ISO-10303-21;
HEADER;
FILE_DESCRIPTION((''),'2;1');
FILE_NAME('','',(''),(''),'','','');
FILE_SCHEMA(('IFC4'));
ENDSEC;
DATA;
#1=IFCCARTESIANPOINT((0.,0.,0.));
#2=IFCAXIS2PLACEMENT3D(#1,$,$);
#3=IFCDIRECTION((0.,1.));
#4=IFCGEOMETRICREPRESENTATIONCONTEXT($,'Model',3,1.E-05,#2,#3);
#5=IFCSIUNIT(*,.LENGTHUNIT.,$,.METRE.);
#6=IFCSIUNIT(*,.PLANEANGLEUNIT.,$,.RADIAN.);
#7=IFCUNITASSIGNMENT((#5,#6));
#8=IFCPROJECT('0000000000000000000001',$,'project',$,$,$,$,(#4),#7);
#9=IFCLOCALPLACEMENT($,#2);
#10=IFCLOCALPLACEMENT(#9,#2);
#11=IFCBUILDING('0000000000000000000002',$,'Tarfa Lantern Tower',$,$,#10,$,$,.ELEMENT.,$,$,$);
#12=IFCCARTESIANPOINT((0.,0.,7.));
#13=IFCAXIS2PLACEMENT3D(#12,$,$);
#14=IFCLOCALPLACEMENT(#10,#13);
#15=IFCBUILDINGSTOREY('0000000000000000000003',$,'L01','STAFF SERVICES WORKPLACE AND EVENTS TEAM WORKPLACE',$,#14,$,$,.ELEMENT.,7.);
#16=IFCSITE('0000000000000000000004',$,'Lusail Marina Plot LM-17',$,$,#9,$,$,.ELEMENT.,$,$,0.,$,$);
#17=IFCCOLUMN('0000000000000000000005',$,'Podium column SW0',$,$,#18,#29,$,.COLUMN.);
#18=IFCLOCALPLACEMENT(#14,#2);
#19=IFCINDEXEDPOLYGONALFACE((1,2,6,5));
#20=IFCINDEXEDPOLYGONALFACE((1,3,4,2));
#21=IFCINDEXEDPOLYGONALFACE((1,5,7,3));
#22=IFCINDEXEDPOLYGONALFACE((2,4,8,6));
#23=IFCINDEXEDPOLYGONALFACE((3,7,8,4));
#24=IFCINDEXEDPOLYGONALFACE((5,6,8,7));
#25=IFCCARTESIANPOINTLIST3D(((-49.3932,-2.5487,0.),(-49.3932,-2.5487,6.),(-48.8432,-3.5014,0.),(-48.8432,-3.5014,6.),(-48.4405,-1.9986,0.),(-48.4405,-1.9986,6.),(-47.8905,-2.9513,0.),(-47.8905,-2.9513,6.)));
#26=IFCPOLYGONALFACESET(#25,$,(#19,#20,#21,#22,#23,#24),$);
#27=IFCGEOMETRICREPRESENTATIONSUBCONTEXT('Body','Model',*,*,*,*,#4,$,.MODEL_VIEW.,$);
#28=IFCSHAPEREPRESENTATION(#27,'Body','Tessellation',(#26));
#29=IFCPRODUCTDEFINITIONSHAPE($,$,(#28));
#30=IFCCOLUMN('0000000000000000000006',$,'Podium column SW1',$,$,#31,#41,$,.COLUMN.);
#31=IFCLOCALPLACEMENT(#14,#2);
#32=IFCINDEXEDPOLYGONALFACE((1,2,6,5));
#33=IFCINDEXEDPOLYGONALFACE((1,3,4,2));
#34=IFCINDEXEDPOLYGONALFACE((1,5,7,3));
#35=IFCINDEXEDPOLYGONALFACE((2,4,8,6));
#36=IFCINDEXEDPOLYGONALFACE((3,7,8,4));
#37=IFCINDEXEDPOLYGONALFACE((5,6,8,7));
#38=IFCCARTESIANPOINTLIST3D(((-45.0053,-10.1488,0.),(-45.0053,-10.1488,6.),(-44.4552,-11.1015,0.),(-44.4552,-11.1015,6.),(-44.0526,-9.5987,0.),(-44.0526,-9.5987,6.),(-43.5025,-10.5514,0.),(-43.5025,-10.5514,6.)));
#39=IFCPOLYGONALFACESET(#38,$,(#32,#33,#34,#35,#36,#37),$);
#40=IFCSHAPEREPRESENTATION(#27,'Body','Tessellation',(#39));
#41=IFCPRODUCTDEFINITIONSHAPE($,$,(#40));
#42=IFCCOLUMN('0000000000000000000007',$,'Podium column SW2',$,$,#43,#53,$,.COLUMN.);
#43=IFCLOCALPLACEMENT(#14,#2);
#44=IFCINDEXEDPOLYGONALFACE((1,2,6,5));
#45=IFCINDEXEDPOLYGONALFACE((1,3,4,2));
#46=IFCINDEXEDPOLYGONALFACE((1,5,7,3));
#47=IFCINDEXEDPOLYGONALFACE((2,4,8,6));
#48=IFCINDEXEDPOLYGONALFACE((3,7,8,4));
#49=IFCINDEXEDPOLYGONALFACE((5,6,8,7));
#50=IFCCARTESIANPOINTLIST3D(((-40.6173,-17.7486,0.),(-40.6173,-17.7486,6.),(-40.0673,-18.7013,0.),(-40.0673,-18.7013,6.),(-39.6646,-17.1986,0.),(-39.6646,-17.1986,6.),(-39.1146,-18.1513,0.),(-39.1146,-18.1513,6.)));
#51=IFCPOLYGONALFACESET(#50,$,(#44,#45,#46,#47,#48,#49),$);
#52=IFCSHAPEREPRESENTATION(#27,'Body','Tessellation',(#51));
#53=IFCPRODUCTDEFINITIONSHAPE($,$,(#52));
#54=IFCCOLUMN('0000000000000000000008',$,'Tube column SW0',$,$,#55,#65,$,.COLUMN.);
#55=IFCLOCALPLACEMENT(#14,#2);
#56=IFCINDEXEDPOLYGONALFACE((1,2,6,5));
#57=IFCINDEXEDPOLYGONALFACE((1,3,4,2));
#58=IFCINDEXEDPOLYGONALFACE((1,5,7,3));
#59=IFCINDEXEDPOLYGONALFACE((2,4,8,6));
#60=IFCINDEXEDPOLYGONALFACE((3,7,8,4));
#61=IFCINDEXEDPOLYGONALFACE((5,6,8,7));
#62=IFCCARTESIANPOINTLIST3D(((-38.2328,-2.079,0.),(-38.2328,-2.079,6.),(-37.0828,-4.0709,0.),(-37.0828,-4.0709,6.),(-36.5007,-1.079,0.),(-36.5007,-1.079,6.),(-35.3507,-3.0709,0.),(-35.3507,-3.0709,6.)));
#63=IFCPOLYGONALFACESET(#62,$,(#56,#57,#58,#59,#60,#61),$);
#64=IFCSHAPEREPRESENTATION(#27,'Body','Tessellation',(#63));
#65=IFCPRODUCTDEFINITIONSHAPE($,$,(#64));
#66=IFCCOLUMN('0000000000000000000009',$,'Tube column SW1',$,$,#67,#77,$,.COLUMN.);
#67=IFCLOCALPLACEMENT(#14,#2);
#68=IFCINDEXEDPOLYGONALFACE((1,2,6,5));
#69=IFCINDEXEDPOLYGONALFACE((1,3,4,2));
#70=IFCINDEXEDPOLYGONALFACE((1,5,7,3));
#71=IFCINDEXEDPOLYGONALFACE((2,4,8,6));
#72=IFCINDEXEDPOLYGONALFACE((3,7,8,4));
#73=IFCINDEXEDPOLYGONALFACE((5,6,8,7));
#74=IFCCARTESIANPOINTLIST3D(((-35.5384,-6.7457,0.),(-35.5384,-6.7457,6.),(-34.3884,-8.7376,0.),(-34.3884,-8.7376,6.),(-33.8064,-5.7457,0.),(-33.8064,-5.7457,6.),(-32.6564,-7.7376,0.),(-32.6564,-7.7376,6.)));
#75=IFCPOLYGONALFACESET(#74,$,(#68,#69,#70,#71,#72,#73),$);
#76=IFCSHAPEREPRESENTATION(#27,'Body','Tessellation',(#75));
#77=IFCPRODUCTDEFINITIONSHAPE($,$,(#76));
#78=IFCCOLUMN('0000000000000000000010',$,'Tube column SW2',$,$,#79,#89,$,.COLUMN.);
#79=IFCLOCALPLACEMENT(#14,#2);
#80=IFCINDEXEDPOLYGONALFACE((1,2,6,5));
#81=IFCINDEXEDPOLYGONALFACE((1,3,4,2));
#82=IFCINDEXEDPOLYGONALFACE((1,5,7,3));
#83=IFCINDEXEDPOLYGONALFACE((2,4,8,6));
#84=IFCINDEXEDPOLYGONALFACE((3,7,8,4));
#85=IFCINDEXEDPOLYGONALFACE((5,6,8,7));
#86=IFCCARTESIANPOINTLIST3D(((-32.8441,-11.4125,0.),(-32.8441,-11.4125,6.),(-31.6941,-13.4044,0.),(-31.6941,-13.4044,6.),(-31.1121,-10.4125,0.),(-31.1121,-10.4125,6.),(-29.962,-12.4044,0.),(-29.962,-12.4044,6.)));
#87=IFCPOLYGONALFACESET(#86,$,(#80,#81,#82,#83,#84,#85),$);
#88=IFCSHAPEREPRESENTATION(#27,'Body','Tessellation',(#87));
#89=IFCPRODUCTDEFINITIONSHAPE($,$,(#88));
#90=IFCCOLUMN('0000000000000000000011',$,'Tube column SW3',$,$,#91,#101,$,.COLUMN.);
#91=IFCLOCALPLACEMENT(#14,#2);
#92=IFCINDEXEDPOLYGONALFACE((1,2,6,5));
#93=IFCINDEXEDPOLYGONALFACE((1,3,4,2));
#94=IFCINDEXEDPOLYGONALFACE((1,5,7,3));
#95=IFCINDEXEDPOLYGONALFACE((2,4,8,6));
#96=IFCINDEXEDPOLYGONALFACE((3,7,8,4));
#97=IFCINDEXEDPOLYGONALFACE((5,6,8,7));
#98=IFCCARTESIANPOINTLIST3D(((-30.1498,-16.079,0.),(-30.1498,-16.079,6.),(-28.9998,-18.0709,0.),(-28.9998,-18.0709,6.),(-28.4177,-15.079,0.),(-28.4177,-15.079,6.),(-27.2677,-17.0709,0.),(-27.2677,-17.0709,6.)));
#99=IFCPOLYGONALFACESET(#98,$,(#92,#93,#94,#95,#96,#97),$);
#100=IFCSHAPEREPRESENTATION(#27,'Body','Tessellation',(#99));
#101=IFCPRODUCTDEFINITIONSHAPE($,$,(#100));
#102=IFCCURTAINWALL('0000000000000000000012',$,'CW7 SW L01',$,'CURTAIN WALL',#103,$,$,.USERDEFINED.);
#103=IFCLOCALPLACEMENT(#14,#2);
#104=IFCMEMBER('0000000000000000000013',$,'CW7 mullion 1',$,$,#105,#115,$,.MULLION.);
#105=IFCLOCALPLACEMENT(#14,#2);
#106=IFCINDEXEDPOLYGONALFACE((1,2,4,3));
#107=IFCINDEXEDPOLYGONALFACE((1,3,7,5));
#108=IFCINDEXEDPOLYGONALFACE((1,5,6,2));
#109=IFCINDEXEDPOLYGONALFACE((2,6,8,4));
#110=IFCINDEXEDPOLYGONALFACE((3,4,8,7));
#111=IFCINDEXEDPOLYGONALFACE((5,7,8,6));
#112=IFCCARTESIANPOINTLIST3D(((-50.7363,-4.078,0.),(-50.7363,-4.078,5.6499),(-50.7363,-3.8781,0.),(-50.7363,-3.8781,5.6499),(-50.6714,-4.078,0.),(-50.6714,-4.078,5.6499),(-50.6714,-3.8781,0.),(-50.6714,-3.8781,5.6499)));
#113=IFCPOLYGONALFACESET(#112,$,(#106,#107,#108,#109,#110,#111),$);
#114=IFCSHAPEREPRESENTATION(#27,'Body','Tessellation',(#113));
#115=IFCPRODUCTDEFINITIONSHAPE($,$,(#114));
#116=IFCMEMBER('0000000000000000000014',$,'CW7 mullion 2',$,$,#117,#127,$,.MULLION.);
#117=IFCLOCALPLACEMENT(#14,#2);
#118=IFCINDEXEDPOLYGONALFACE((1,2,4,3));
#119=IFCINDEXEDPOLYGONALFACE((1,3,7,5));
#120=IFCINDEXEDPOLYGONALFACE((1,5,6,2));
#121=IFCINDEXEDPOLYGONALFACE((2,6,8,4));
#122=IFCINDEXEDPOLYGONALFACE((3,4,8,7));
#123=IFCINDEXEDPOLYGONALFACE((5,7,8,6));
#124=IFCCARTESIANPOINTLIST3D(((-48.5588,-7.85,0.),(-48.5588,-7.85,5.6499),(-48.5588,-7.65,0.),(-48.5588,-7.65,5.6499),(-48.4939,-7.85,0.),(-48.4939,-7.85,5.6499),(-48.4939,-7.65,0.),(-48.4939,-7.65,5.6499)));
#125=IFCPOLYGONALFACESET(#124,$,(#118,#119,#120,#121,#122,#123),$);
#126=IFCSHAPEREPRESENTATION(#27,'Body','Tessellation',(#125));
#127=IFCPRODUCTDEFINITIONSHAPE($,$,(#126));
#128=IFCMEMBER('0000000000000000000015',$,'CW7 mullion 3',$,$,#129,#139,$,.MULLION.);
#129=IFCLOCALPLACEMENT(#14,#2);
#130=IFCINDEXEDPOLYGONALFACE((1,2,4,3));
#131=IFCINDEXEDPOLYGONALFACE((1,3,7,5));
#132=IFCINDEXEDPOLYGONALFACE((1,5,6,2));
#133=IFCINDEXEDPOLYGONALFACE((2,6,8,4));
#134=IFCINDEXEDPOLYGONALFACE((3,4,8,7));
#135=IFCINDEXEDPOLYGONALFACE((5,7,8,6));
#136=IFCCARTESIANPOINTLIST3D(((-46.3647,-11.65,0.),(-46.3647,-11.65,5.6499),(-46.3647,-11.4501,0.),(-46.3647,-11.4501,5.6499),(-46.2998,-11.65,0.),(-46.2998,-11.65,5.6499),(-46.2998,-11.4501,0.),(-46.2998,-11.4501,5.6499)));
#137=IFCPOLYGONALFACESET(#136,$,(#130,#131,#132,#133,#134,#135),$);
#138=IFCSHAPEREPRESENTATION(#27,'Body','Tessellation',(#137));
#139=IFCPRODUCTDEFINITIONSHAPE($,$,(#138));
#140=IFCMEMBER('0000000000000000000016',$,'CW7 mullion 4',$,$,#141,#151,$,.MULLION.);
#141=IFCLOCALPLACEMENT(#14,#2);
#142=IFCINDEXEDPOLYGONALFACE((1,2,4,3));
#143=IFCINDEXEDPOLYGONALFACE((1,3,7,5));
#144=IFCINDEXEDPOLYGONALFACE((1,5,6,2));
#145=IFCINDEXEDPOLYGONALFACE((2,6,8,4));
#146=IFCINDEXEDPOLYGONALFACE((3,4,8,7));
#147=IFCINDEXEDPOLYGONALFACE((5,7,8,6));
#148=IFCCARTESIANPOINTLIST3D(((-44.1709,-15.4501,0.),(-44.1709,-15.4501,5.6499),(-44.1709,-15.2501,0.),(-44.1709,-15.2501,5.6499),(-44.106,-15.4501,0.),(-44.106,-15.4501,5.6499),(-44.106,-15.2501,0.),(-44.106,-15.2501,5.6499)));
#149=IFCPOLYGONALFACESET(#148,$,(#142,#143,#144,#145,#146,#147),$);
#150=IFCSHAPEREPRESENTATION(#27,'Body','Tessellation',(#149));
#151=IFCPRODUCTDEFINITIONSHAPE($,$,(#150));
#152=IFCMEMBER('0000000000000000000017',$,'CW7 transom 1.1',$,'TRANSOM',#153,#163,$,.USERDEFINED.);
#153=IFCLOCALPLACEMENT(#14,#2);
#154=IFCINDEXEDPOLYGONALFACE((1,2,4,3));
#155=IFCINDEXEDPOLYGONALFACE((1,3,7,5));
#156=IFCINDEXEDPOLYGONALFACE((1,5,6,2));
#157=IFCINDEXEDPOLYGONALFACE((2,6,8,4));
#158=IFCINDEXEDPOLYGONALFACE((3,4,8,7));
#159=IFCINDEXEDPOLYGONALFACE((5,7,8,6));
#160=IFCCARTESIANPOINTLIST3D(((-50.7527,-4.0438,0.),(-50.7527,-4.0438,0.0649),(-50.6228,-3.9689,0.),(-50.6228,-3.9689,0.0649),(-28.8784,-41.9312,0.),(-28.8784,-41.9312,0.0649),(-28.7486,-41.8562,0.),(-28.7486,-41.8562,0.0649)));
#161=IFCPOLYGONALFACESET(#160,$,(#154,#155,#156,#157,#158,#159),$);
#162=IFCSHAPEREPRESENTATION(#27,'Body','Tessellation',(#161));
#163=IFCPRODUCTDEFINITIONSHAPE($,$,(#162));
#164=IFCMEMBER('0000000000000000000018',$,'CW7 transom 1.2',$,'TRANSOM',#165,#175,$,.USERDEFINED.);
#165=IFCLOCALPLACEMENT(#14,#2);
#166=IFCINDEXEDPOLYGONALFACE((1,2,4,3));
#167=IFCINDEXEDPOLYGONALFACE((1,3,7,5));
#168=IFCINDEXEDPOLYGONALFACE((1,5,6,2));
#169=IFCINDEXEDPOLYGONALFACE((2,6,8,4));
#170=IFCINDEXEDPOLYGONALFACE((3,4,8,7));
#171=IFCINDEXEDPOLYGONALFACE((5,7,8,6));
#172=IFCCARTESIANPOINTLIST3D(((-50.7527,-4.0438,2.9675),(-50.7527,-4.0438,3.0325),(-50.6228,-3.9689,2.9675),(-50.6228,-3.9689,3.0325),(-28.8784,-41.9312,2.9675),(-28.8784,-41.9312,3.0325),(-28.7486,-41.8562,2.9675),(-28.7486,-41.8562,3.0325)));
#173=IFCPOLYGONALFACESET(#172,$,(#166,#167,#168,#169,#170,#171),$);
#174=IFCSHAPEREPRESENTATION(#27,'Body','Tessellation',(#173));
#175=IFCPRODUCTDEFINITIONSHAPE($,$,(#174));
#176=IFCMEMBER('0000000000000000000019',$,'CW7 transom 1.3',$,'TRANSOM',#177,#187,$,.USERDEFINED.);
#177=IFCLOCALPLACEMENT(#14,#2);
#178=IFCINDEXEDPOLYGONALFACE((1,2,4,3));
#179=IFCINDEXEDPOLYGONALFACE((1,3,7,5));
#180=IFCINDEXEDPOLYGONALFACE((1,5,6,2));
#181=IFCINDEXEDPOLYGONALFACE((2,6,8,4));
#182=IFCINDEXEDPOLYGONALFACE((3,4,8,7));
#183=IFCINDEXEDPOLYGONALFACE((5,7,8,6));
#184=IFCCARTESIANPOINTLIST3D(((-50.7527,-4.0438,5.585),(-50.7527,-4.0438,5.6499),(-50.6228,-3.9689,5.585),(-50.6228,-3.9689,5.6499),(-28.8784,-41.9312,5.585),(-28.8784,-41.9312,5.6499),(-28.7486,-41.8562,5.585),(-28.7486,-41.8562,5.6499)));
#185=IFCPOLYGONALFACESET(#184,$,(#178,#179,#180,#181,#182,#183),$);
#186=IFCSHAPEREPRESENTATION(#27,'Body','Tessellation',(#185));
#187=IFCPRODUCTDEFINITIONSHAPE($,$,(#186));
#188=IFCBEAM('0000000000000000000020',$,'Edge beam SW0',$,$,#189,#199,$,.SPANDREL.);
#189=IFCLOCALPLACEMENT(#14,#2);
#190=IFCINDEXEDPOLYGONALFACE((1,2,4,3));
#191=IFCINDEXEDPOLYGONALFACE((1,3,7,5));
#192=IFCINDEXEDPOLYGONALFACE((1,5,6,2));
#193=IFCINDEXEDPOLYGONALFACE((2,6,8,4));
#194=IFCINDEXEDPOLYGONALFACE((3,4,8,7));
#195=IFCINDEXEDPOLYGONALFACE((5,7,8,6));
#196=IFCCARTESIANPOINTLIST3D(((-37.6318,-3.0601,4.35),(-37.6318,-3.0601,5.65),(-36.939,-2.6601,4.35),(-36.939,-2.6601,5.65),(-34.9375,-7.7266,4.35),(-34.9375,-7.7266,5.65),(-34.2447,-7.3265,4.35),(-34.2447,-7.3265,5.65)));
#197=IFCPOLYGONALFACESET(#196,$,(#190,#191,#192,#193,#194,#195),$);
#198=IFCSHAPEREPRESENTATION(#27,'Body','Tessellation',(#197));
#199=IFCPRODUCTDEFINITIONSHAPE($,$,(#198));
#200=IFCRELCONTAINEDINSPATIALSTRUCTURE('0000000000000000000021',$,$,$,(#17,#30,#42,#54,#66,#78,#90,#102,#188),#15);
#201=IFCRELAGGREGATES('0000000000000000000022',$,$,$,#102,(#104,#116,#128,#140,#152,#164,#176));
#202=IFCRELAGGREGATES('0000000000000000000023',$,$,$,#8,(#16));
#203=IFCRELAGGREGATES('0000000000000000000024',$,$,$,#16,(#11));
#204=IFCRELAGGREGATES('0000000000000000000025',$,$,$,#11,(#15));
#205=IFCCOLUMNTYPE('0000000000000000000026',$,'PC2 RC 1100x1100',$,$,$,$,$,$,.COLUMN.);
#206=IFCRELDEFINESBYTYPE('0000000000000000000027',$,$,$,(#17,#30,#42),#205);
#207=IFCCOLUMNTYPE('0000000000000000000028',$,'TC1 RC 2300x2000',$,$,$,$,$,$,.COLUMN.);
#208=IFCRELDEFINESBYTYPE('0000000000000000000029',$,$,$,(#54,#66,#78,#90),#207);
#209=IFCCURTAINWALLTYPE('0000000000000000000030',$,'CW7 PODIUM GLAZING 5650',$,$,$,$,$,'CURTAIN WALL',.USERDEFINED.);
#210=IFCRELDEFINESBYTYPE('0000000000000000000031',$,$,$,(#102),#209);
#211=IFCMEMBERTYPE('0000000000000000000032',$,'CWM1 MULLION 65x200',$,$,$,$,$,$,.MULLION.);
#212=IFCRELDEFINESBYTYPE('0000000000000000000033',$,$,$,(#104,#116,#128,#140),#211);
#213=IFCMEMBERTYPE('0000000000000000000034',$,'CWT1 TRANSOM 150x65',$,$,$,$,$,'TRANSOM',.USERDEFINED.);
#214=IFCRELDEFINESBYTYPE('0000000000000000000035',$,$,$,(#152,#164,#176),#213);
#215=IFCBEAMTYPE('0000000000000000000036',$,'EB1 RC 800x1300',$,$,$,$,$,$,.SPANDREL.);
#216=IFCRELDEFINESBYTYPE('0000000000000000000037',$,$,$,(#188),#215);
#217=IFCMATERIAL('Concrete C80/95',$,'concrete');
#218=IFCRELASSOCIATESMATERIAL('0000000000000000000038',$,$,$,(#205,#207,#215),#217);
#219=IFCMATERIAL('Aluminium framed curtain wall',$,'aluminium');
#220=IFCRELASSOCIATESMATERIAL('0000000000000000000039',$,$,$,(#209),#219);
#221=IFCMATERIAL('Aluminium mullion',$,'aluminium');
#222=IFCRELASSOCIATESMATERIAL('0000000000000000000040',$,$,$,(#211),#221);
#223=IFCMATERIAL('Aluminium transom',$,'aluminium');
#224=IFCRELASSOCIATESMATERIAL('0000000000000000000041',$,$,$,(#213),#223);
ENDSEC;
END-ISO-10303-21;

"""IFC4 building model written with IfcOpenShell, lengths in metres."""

from ifc_helpers import new_model, si_unit, direction, frame, origin, origin_2d, place, context, subcontext, project, spatial, rectangle, extrude, material, material_profile, profile_set, type_object, element, aggregate, save


model = new_model("IFC4")

# Units and contexts
model_context = context("Model", 3, precision=1e-05, world=origin(), true_north=direction((0.0, 1.0)))
body_context = subcontext(model_context, "Body", "Model", "MODEL_VIEW")
ifc_project = project(units=[si_unit("LENGTHUNIT", "METRE"), si_unit("PLANEANGLEUNIT", "RADIAN")], contexts=[model_context])

# Site, building, storey
site_placement = place(None, origin())
site = spatial("IfcSite", under=ifc_project, at=site_placement, Name="Lusail Marina Plot LM-17", CompositionType="ELEMENT", RefElevation=0.0)
building_placement = place(site_placement, origin())
building = spatial("IfcBuilding", under=site, at=building_placement, Name="Tarfa Lantern Tower", CompositionType="ELEMENT")
storey_placement = place(building_placement, frame((0.0, 0.0, 7.0)))
storey = spatial("IfcBuildingStorey", under=building, at=storey_placement, Name="L01", Description="STAFF SERVICES WORKPLACE AND EVENTS TEAM WORKPLACE", CompositionType="ELEMENT", Elevation=7.0)

# Columns
ifc_material_1 = material(Name="Concrete C80/95", Category="concrete")
ifc_material_profile_1 = material_profile(ifc_material_1, rectangle(XDim=1.1001, YDim=1.1001, at=origin_2d()), Name="RC 1100x1100")
ifc_profile_set_1 = profile_set([ifc_material_profile_1], Name="Concrete C80/95")
column_type_1 = type_object("IfcColumnType", Name="PC2 RC 1100x1100", PredefinedType="COLUMN", material=ifc_profile_set_1)
for number, where, z_axis, x_axis, name in (
    (1, (-48.6418, -2.75, 0.0), (0.0, 0.0, 1.0), (0.5, -0.866025, 0.0), "Podium column SW0"),
    (2, (-44.2539, -10.3501, 0.0), (0.0, 0.0, 1.0), (0.5, -0.866025, 0.0), "Podium column SW1"),
    (3, (-39.866, -17.95, 0.0), (0.0, 0.0, 1.0), (0.5, -0.866025, 0.0), "Podium column SW2"),
):
    element("IfcColumn", number, at=place(storey_placement, frame(where, z_axis=z_axis, x_axis=x_axis)), inside=storey, type_object=column_type_1, Name=name, PredefinedType="COLUMN", context=body_context, shape_type="SweptSolid", body=[
        extrude(rectangle(XDim=1.1001, YDim=1.1001, at=origin_2d()), origin(), (0.0, 0.0, 1.0), 6.0),
    ])
ifc_material_profile_2 = material_profile(ifc_material_1, rectangle(XDim=2.3, YDim=2.0, at=origin_2d()), Name="RC 2300x2000")
ifc_profile_set_2 = profile_set([ifc_material_profile_2], Name="Concrete C80/95")
column_type_2 = type_object("IfcColumnType", Name="TC1 RC 2300x2000", PredefinedType="COLUMN", material=ifc_profile_set_2)
for number, where, z_axis, x_axis, name in (
    (4, (-36.7917, -2.575, 0.0), (0.0, 0.0, 1.0), (0.5, -0.866025, 0.0), "Tube column SW0"),
    (5, (-34.0974, -7.2417, 0.0), (0.0, 0.0, 1.0), (0.5, -0.866025, 0.0), "Tube column SW1"),
    (6, (-31.4031, -11.9084, 0.0), (0.0, 0.0, 1.0), (0.5, -0.866025, 0.0), "Tube column SW2"),
    (7, (-28.7087, -16.575, 0.0), (0.0, 0.0, 1.0), (0.5, -0.866025, 0.0), "Tube column SW3"),
):
    element("IfcColumn", number, at=place(storey_placement, frame(where, z_axis=z_axis, x_axis=x_axis)), inside=storey, type_object=column_type_2, Name=name, PredefinedType="COLUMN", context=body_context, shape_type="SweptSolid", body=[
        extrude(rectangle(XDim=2.3, YDim=2.0, at=origin_2d()), origin(), (0.0, 0.0, 1.0), 6.0),
    ])

# Curtain wall, members
ifc_material_2 = material(Name="Aluminium framed curtain wall", Category="aluminium")
curtain_wall_type = type_object("IfcCurtainWallType", Name="CW7 PODIUM GLAZING 5650", ElementType="CURTAIN WALL", PredefinedType="USERDEFINED", material=ifc_material_2)
curtain_wall_placement = place(storey_placement, origin())
curtain_wall = element("IfcCurtainWall", 8, at=curtain_wall_placement, inside=storey, type_object=curtain_wall_type, Name="CW7 SW L01", ObjectType="CURTAIN WALL", PredefinedType="USERDEFINED")
ifc_material_3 = material(Name="Aluminium mullion", Category="aluminium")
ifc_material_profile_3 = material_profile(ifc_material_3, rectangle(XDim=0.0649, YDim=0.2, at=origin_2d()), Name="AL MULLION 65x200")
ifc_profile_set_3 = profile_set([ifc_material_profile_3], Name="Aluminium mullion")
member_type_1 = type_object("IfcMemberType", Name="CWM1 MULLION 65x200", PredefinedType="MULLION", material=ifc_profile_set_3)
member_1_placement = place(storey_placement, frame((-50.7039, -3.978, 0.0), z_axis=(0.0, 0.0, 1.0), x_axis=(1.0, 0.0, 0.0)))
member_1 = element("IfcMember", 9, at=member_1_placement, type_object=member_type_1, Name="CW7 mullion 1", PredefinedType="MULLION", context=body_context, shape_type="SweptSolid", body=[
    extrude(rectangle(XDim=0.0649, YDim=0.2, at=origin_2d()), origin(), (0.0, 0.0, 1.0), 5.6499),
])
member_2_placement = place(storey_placement, frame((-48.5264, -7.75, 0.0), z_axis=(0.0, 0.0, 1.0), x_axis=(1.0, 0.0, 0.0)))
member_2 = element("IfcMember", 10, at=member_2_placement, type_object=member_type_1, Name="CW7 mullion 2", PredefinedType="MULLION", context=body_context, shape_type="SweptSolid", body=[
    extrude(rectangle(XDim=0.0649, YDim=0.2, at=origin_2d()), origin(), (0.0, 0.0, 1.0), 5.6499),
])
member_3_placement = place(storey_placement, frame((-46.3323, -11.55, 0.0), z_axis=(0.0, 0.0, 1.0), x_axis=(1.0, 0.0, 0.0)))
member_3 = element("IfcMember", 11, at=member_3_placement, type_object=member_type_1, Name="CW7 mullion 3", PredefinedType="MULLION", context=body_context, shape_type="SweptSolid", body=[
    extrude(rectangle(XDim=0.0649, YDim=0.2, at=origin_2d()), origin(), (0.0, 0.0, 1.0), 5.6499),
])
member_4_placement = place(storey_placement, frame((-44.1384, -15.3501, 0.0), z_axis=(0.0, 0.0, 1.0), x_axis=(1.0, 0.0, 0.0)))
member_4 = element("IfcMember", 12, at=member_4_placement, type_object=member_type_1, Name="CW7 mullion 4", PredefinedType="MULLION", context=body_context, shape_type="SweptSolid", body=[
    extrude(rectangle(XDim=0.0649, YDim=0.2, at=origin_2d()), origin(), (0.0, 0.0, 1.0), 5.6499),
])
ifc_material_4 = material(Name="Aluminium transom", Category="aluminium")
ifc_material_profile_4 = material_profile(ifc_material_4, rectangle(XDim=0.1499, YDim=0.0649, at=origin_2d()), Name="AL TRANSOM 150x65")
ifc_profile_set_4 = profile_set([ifc_material_profile_4], Name="Aluminium transom")
member_type_2 = type_object("IfcMemberType", Name="CWT1 TRANSOM 150x65", ElementType="TRANSOM", PredefinedType="USERDEFINED", material=ifc_profile_set_4)
member_5_placement = place(storey_placement, frame((-50.6877, -4.0063, 0.0325), z_axis=(0.499999, -0.866026, 0.0), x_axis=(0.866026, 0.499999, 0.0)))
member_5 = element("IfcMember", 13, at=member_5_placement, type_object=member_type_2, Name="CW7 transom 1.1", ObjectType="TRANSOM", PredefinedType="USERDEFINED", context=body_context, shape_type="SweptSolid", body=[
    extrude(rectangle(XDim=0.1499, YDim=0.0649, at=origin_2d()), origin(), (0.0, 0.0, 1.0), 43.7485),
])
member_6_placement = place(storey_placement, frame((-50.6877, -4.0063, 3.0), z_axis=(0.499999, -0.866026, 0.0), x_axis=(0.866026, 0.499999, 0.0)))
member_6 = element("IfcMember", 14, at=member_6_placement, type_object=member_type_2, Name="CW7 transom 1.2", ObjectType="TRANSOM", PredefinedType="USERDEFINED", context=body_context, shape_type="SweptSolid", body=[
    extrude(rectangle(XDim=0.1499, YDim=0.0649, at=origin_2d()), origin(), (0.0, 0.0, 1.0), 43.7485),
])
member_7_placement = place(storey_placement, frame((-50.6877, -4.0063, 5.6174), z_axis=(0.499999, -0.866026, 0.0), x_axis=(0.866026, 0.499999, 0.0)))
member_7 = element("IfcMember", 15, at=member_7_placement, type_object=member_type_2, Name="CW7 transom 1.3", ObjectType="TRANSOM", PredefinedType="USERDEFINED", context=body_context, shape_type="SweptSolid", body=[
    extrude(rectangle(XDim=0.1499, YDim=0.0649, at=origin_2d()), origin(), (0.0, 0.0, 1.0), 43.7485),
])

# Beam
ifc_material_profile_5 = material_profile(ifc_material_1, rectangle(XDim=0.8, YDim=1.3, at=origin_2d()), Name="RC 800x1300")
ifc_profile_set_5 = profile_set([ifc_material_profile_5], Name="Concrete C80/95")
beam_type_1 = type_object("IfcBeamType", Name="EB1 RC 800x1300", PredefinedType="SPANDREL", material=ifc_profile_set_5)
beam_1_placement = place(storey_placement, frame((-37.2854, -2.8601, 5.0), z_axis=(0.500018, -0.866015, 0.0), x_axis=(0.866015, 0.500018, 0.0)))
element("IfcBeam", 16, at=beam_1_placement, inside=storey, type_object=beam_type_1, Name="Edge beam SW0", PredefinedType="SPANDREL", context=body_context, shape_type="SweptSolid", body=[
    extrude(rectangle(XDim=0.8, YDim=1.3, at=origin_2d()), origin(), (0.0, 0.0, 1.0), 5.3884),
])

aggregate(curtain_wall, [member_1, member_2, member_3, member_4, member_5, member_6, member_7])

save(model, "model.ifc")
